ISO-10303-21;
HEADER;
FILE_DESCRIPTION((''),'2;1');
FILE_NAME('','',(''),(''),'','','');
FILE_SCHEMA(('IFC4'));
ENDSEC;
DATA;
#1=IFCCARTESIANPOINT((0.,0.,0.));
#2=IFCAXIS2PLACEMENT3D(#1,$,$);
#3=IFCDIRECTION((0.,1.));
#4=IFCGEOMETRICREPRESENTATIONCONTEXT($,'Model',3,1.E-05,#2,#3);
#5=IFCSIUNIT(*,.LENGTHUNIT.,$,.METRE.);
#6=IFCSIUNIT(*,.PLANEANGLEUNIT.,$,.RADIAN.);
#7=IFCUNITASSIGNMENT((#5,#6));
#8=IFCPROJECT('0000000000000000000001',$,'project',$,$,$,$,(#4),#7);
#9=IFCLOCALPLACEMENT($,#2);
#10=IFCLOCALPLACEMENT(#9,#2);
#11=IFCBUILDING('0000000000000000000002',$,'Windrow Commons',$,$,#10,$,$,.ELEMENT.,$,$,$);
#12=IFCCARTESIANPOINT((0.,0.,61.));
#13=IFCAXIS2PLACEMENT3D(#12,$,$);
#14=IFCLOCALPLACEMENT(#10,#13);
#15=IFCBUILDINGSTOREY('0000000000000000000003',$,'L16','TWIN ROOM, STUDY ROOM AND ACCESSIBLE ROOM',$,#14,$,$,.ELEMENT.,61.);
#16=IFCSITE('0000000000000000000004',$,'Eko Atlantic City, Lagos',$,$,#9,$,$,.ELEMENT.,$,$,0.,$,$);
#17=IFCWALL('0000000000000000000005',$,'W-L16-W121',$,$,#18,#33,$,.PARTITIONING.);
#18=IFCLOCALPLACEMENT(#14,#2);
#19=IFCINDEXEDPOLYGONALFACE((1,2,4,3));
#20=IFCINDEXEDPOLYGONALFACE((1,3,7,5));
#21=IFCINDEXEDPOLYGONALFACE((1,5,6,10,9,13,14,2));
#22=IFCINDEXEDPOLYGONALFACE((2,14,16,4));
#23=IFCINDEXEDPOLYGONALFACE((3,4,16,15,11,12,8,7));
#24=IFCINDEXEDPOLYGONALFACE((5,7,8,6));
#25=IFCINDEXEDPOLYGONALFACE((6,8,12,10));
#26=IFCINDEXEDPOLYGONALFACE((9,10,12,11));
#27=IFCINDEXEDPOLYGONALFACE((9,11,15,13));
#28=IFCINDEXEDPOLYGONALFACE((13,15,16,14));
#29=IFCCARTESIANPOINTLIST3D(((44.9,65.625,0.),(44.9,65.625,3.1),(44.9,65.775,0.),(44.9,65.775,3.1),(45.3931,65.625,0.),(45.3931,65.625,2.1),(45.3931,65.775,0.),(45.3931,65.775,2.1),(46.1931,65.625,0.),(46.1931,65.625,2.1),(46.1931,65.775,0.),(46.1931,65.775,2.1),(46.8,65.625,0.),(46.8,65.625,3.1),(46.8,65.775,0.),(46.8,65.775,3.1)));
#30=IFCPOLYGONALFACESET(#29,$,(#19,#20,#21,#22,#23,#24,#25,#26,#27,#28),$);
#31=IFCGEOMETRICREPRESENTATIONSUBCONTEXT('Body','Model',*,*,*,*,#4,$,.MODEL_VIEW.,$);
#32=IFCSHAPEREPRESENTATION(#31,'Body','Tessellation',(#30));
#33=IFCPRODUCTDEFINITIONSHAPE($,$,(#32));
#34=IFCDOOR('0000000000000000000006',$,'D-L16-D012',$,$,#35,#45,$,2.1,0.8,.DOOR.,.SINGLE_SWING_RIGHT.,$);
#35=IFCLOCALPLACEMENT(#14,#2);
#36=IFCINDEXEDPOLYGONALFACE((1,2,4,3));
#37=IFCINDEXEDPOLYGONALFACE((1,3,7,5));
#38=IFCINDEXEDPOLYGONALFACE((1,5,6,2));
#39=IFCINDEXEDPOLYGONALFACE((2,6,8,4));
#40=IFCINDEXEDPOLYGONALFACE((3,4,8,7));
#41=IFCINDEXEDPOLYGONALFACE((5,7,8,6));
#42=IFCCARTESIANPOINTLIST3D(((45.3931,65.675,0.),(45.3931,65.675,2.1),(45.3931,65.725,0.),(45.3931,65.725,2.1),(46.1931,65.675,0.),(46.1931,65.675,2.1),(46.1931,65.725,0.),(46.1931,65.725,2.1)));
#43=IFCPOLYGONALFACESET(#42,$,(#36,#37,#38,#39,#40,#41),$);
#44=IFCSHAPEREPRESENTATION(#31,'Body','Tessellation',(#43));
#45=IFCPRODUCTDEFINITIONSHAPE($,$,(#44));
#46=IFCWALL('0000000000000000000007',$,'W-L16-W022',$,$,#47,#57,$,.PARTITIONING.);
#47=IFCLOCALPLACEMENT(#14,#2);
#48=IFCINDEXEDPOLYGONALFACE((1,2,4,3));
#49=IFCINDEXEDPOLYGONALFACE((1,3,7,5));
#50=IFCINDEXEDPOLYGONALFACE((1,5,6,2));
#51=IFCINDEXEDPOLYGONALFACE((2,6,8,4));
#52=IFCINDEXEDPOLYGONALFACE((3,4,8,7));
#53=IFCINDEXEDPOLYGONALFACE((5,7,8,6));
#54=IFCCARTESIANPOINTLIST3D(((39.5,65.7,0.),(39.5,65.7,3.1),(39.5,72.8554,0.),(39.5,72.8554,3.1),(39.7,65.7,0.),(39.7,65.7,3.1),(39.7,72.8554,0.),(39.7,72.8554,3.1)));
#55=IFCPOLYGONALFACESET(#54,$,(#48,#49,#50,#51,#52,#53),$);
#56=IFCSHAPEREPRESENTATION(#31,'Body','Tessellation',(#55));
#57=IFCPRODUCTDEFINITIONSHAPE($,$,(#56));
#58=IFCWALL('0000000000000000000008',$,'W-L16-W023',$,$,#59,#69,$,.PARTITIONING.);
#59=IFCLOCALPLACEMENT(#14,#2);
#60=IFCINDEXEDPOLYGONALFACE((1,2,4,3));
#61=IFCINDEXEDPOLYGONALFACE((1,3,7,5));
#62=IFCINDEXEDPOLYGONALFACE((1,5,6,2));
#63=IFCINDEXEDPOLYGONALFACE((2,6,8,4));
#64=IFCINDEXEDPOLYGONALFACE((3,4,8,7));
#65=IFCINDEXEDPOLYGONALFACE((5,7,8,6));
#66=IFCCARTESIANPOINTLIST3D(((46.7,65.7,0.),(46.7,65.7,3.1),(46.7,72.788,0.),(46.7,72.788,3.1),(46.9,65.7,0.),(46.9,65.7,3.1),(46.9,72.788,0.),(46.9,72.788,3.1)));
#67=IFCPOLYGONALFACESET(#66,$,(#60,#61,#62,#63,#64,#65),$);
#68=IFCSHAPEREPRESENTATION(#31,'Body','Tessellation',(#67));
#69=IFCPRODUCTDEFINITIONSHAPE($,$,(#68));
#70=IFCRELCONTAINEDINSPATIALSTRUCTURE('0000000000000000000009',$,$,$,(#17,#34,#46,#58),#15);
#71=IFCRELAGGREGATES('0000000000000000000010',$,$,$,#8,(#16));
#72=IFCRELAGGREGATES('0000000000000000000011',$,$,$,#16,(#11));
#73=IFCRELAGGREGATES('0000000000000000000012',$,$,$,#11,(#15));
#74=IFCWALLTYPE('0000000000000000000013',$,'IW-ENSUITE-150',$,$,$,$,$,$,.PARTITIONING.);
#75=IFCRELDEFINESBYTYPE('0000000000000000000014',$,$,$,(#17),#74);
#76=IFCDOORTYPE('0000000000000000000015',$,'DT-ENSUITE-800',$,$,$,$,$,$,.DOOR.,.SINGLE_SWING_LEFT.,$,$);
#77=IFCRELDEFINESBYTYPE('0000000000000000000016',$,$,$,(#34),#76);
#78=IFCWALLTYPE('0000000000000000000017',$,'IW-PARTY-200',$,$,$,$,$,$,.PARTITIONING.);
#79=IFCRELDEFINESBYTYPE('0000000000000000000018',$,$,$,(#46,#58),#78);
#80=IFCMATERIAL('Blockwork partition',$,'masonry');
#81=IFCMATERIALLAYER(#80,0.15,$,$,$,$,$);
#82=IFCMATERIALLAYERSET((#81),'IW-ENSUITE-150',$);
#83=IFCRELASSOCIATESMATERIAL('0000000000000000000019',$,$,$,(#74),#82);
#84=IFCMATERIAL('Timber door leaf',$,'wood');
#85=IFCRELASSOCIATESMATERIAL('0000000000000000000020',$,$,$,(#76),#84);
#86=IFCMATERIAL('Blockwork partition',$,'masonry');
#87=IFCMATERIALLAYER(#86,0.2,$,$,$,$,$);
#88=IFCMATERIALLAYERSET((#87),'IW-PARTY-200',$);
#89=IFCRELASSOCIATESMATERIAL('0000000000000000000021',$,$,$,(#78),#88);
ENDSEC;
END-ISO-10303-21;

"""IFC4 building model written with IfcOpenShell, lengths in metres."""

from ifc_helpers import new_model, si_unit, direction, frame, frame_2d, origin, place, context, subcontext, project, spatial, rectangle, extrude, material, layer, layer_set, type_object, element, fill, save


model = new_model("IFC4")

# Units and contexts
model_context = context("Model", 3, precision=1e-05, world=origin(), true_north=direction((0.0, 1.0)))
body_context = subcontext(model_context, "Body", "Model", "MODEL_VIEW")
ifc_project = project(units=[si_unit("LENGTHUNIT", "METRE"), si_unit("PLANEANGLEUNIT", "RADIAN")], contexts=[model_context])

# Site, building, storey
site_placement = place(None, origin())
site = spatial("IfcSite", under=ifc_project, at=site_placement, Name="Eko Atlantic City, Lagos", CompositionType="ELEMENT", RefElevation=0.0)
building_placement = place(site_placement, origin())
building = spatial("IfcBuilding", under=site, at=building_placement, Name="Windrow Commons", CompositionType="ELEMENT")
storey_placement = place(building_placement, frame((0.0, 0.0, 61.0)))
storey = spatial("IfcBuildingStorey", under=building, at=storey_placement, Name="L16", Description="TWIN ROOM, STUDY ROOM AND ACCESSIBLE ROOM", CompositionType="ELEMENT", Elevation=61.0)

# Shared definitions
ifc_material_1 = material(Name="Blockwork partition", Category="masonry")
ifc_layer_1 = layer(ifc_material_1, 0.15)
ifc_layer_set_1 = layer_set([ifc_layer_1], Name="IW-ENSUITE-150")
wall_type_1 = type_object("IfcWallType", Name="IW-ENSUITE-150", PredefinedType="PARTITIONING", material=ifc_layer_set_1)

# Wall, opening, door
wall_1_placement = place(storey_placement, frame((44.9, 65.7, 0.0), z_axis=(0.0, 0.0, 1.0), x_axis=(1.0, 0.0, 0.0)))
wall_1 = element("IfcWall", 1, at=wall_1_placement, inside=storey, type_object=wall_type_1, Name="W-L16-W121", PredefinedType="PARTITIONING", context=body_context, shape_type="SweptSolid", body=[
    extrude(rectangle(XDim=1.9, YDim=0.15, at=frame_2d((0.95, 0.0))), origin(), (0.0, 0.0, 1.0), 3.1),
])
opening_1_placement = place(wall_1_placement, frame((0.4931, 0.0, 0.0)))
opening_1 = element("IfcOpeningElement", 2, at=opening_1_placement, cuts=wall_1, PredefinedType="OPENING", context=body_context, shape_type="SweptSolid", body=[
    extrude(rectangle(XDim=0.8, YDim=2.1, at=frame_2d((0.4, 1.05))), frame((0.0, 0.085, 0.0), z_axis=(0.0, -1.0, 0.0), x_axis=(1.0, 0.0, 0.0)), (0.0, 0.0, 1.0), 0.17),
])
ifc_material_2 = material(Name="Timber door leaf", Category="wood")
door_type = type_object("IfcDoorType", Name="DT-ENSUITE-800", OperationType="SINGLE_SWING_LEFT", PredefinedType="DOOR", material=ifc_material_2)
door_placement = place(opening_1_placement, origin())
door = element("IfcDoor", 3, at=door_placement, inside=storey, type_object=door_type, Name="D-L16-D012", OperationType="SINGLE_SWING_RIGHT", OverallHeight=2.1, OverallWidth=0.8, PredefinedType="DOOR", context=body_context, shape_type="SweptSolid", body=[
    extrude(rectangle(XDim=0.8, YDim=2.1, at=frame_2d((0.4, 1.05))), frame((0.0, 0.025, 0.0), z_axis=(0.0, -1.0, 0.0), x_axis=(1.0, 0.0, 0.0)), (0.0, 0.0, 1.0), 0.05),
])
fill(opening_1, door)

# Walls
ifc_material_3 = material(Name="Blockwork partition", Category="masonry")
ifc_layer_2 = layer(ifc_material_3, 0.2)
ifc_layer_set_2 = layer_set([ifc_layer_2], Name="IW-PARTY-200")
wall_type_2 = type_object("IfcWallType", Name="IW-PARTY-200", PredefinedType="PARTITIONING", material=ifc_layer_set_2)
wall_2_placement = place(storey_placement, frame((39.6, 65.7, 0.0), z_axis=(0.0, 0.0, 1.0), x_axis=(0.0, 1.0, 0.0)))
element("IfcWall", 4, at=wall_2_placement, inside=storey, type_object=wall_type_2, Name="W-L16-W022", PredefinedType="PARTITIONING", context=body_context, shape_type="SweptSolid", body=[
    extrude(rectangle(XDim=7.1553, YDim=0.2, at=frame_2d((3.5777, 0.0))), origin(), (0.0, 0.0, 1.0), 3.1),
])
wall_3_placement = place(storey_placement, frame((46.8, 65.7, 0.0), z_axis=(0.0, 0.0, 1.0), x_axis=(0.0, 1.0, 0.0)))
element("IfcWall", 5, at=wall_3_placement, inside=storey, type_object=wall_type_2, Name="W-L16-W023", PredefinedType="PARTITIONING", context=body_context, shape_type="SweptSolid", body=[
    extrude(rectangle(XDim=7.0881, YDim=0.2, at=frame_2d((3.544, 0.0))), origin(), (0.0, 0.0, 1.0), 3.1),
])

save(model, "model.ifc")
